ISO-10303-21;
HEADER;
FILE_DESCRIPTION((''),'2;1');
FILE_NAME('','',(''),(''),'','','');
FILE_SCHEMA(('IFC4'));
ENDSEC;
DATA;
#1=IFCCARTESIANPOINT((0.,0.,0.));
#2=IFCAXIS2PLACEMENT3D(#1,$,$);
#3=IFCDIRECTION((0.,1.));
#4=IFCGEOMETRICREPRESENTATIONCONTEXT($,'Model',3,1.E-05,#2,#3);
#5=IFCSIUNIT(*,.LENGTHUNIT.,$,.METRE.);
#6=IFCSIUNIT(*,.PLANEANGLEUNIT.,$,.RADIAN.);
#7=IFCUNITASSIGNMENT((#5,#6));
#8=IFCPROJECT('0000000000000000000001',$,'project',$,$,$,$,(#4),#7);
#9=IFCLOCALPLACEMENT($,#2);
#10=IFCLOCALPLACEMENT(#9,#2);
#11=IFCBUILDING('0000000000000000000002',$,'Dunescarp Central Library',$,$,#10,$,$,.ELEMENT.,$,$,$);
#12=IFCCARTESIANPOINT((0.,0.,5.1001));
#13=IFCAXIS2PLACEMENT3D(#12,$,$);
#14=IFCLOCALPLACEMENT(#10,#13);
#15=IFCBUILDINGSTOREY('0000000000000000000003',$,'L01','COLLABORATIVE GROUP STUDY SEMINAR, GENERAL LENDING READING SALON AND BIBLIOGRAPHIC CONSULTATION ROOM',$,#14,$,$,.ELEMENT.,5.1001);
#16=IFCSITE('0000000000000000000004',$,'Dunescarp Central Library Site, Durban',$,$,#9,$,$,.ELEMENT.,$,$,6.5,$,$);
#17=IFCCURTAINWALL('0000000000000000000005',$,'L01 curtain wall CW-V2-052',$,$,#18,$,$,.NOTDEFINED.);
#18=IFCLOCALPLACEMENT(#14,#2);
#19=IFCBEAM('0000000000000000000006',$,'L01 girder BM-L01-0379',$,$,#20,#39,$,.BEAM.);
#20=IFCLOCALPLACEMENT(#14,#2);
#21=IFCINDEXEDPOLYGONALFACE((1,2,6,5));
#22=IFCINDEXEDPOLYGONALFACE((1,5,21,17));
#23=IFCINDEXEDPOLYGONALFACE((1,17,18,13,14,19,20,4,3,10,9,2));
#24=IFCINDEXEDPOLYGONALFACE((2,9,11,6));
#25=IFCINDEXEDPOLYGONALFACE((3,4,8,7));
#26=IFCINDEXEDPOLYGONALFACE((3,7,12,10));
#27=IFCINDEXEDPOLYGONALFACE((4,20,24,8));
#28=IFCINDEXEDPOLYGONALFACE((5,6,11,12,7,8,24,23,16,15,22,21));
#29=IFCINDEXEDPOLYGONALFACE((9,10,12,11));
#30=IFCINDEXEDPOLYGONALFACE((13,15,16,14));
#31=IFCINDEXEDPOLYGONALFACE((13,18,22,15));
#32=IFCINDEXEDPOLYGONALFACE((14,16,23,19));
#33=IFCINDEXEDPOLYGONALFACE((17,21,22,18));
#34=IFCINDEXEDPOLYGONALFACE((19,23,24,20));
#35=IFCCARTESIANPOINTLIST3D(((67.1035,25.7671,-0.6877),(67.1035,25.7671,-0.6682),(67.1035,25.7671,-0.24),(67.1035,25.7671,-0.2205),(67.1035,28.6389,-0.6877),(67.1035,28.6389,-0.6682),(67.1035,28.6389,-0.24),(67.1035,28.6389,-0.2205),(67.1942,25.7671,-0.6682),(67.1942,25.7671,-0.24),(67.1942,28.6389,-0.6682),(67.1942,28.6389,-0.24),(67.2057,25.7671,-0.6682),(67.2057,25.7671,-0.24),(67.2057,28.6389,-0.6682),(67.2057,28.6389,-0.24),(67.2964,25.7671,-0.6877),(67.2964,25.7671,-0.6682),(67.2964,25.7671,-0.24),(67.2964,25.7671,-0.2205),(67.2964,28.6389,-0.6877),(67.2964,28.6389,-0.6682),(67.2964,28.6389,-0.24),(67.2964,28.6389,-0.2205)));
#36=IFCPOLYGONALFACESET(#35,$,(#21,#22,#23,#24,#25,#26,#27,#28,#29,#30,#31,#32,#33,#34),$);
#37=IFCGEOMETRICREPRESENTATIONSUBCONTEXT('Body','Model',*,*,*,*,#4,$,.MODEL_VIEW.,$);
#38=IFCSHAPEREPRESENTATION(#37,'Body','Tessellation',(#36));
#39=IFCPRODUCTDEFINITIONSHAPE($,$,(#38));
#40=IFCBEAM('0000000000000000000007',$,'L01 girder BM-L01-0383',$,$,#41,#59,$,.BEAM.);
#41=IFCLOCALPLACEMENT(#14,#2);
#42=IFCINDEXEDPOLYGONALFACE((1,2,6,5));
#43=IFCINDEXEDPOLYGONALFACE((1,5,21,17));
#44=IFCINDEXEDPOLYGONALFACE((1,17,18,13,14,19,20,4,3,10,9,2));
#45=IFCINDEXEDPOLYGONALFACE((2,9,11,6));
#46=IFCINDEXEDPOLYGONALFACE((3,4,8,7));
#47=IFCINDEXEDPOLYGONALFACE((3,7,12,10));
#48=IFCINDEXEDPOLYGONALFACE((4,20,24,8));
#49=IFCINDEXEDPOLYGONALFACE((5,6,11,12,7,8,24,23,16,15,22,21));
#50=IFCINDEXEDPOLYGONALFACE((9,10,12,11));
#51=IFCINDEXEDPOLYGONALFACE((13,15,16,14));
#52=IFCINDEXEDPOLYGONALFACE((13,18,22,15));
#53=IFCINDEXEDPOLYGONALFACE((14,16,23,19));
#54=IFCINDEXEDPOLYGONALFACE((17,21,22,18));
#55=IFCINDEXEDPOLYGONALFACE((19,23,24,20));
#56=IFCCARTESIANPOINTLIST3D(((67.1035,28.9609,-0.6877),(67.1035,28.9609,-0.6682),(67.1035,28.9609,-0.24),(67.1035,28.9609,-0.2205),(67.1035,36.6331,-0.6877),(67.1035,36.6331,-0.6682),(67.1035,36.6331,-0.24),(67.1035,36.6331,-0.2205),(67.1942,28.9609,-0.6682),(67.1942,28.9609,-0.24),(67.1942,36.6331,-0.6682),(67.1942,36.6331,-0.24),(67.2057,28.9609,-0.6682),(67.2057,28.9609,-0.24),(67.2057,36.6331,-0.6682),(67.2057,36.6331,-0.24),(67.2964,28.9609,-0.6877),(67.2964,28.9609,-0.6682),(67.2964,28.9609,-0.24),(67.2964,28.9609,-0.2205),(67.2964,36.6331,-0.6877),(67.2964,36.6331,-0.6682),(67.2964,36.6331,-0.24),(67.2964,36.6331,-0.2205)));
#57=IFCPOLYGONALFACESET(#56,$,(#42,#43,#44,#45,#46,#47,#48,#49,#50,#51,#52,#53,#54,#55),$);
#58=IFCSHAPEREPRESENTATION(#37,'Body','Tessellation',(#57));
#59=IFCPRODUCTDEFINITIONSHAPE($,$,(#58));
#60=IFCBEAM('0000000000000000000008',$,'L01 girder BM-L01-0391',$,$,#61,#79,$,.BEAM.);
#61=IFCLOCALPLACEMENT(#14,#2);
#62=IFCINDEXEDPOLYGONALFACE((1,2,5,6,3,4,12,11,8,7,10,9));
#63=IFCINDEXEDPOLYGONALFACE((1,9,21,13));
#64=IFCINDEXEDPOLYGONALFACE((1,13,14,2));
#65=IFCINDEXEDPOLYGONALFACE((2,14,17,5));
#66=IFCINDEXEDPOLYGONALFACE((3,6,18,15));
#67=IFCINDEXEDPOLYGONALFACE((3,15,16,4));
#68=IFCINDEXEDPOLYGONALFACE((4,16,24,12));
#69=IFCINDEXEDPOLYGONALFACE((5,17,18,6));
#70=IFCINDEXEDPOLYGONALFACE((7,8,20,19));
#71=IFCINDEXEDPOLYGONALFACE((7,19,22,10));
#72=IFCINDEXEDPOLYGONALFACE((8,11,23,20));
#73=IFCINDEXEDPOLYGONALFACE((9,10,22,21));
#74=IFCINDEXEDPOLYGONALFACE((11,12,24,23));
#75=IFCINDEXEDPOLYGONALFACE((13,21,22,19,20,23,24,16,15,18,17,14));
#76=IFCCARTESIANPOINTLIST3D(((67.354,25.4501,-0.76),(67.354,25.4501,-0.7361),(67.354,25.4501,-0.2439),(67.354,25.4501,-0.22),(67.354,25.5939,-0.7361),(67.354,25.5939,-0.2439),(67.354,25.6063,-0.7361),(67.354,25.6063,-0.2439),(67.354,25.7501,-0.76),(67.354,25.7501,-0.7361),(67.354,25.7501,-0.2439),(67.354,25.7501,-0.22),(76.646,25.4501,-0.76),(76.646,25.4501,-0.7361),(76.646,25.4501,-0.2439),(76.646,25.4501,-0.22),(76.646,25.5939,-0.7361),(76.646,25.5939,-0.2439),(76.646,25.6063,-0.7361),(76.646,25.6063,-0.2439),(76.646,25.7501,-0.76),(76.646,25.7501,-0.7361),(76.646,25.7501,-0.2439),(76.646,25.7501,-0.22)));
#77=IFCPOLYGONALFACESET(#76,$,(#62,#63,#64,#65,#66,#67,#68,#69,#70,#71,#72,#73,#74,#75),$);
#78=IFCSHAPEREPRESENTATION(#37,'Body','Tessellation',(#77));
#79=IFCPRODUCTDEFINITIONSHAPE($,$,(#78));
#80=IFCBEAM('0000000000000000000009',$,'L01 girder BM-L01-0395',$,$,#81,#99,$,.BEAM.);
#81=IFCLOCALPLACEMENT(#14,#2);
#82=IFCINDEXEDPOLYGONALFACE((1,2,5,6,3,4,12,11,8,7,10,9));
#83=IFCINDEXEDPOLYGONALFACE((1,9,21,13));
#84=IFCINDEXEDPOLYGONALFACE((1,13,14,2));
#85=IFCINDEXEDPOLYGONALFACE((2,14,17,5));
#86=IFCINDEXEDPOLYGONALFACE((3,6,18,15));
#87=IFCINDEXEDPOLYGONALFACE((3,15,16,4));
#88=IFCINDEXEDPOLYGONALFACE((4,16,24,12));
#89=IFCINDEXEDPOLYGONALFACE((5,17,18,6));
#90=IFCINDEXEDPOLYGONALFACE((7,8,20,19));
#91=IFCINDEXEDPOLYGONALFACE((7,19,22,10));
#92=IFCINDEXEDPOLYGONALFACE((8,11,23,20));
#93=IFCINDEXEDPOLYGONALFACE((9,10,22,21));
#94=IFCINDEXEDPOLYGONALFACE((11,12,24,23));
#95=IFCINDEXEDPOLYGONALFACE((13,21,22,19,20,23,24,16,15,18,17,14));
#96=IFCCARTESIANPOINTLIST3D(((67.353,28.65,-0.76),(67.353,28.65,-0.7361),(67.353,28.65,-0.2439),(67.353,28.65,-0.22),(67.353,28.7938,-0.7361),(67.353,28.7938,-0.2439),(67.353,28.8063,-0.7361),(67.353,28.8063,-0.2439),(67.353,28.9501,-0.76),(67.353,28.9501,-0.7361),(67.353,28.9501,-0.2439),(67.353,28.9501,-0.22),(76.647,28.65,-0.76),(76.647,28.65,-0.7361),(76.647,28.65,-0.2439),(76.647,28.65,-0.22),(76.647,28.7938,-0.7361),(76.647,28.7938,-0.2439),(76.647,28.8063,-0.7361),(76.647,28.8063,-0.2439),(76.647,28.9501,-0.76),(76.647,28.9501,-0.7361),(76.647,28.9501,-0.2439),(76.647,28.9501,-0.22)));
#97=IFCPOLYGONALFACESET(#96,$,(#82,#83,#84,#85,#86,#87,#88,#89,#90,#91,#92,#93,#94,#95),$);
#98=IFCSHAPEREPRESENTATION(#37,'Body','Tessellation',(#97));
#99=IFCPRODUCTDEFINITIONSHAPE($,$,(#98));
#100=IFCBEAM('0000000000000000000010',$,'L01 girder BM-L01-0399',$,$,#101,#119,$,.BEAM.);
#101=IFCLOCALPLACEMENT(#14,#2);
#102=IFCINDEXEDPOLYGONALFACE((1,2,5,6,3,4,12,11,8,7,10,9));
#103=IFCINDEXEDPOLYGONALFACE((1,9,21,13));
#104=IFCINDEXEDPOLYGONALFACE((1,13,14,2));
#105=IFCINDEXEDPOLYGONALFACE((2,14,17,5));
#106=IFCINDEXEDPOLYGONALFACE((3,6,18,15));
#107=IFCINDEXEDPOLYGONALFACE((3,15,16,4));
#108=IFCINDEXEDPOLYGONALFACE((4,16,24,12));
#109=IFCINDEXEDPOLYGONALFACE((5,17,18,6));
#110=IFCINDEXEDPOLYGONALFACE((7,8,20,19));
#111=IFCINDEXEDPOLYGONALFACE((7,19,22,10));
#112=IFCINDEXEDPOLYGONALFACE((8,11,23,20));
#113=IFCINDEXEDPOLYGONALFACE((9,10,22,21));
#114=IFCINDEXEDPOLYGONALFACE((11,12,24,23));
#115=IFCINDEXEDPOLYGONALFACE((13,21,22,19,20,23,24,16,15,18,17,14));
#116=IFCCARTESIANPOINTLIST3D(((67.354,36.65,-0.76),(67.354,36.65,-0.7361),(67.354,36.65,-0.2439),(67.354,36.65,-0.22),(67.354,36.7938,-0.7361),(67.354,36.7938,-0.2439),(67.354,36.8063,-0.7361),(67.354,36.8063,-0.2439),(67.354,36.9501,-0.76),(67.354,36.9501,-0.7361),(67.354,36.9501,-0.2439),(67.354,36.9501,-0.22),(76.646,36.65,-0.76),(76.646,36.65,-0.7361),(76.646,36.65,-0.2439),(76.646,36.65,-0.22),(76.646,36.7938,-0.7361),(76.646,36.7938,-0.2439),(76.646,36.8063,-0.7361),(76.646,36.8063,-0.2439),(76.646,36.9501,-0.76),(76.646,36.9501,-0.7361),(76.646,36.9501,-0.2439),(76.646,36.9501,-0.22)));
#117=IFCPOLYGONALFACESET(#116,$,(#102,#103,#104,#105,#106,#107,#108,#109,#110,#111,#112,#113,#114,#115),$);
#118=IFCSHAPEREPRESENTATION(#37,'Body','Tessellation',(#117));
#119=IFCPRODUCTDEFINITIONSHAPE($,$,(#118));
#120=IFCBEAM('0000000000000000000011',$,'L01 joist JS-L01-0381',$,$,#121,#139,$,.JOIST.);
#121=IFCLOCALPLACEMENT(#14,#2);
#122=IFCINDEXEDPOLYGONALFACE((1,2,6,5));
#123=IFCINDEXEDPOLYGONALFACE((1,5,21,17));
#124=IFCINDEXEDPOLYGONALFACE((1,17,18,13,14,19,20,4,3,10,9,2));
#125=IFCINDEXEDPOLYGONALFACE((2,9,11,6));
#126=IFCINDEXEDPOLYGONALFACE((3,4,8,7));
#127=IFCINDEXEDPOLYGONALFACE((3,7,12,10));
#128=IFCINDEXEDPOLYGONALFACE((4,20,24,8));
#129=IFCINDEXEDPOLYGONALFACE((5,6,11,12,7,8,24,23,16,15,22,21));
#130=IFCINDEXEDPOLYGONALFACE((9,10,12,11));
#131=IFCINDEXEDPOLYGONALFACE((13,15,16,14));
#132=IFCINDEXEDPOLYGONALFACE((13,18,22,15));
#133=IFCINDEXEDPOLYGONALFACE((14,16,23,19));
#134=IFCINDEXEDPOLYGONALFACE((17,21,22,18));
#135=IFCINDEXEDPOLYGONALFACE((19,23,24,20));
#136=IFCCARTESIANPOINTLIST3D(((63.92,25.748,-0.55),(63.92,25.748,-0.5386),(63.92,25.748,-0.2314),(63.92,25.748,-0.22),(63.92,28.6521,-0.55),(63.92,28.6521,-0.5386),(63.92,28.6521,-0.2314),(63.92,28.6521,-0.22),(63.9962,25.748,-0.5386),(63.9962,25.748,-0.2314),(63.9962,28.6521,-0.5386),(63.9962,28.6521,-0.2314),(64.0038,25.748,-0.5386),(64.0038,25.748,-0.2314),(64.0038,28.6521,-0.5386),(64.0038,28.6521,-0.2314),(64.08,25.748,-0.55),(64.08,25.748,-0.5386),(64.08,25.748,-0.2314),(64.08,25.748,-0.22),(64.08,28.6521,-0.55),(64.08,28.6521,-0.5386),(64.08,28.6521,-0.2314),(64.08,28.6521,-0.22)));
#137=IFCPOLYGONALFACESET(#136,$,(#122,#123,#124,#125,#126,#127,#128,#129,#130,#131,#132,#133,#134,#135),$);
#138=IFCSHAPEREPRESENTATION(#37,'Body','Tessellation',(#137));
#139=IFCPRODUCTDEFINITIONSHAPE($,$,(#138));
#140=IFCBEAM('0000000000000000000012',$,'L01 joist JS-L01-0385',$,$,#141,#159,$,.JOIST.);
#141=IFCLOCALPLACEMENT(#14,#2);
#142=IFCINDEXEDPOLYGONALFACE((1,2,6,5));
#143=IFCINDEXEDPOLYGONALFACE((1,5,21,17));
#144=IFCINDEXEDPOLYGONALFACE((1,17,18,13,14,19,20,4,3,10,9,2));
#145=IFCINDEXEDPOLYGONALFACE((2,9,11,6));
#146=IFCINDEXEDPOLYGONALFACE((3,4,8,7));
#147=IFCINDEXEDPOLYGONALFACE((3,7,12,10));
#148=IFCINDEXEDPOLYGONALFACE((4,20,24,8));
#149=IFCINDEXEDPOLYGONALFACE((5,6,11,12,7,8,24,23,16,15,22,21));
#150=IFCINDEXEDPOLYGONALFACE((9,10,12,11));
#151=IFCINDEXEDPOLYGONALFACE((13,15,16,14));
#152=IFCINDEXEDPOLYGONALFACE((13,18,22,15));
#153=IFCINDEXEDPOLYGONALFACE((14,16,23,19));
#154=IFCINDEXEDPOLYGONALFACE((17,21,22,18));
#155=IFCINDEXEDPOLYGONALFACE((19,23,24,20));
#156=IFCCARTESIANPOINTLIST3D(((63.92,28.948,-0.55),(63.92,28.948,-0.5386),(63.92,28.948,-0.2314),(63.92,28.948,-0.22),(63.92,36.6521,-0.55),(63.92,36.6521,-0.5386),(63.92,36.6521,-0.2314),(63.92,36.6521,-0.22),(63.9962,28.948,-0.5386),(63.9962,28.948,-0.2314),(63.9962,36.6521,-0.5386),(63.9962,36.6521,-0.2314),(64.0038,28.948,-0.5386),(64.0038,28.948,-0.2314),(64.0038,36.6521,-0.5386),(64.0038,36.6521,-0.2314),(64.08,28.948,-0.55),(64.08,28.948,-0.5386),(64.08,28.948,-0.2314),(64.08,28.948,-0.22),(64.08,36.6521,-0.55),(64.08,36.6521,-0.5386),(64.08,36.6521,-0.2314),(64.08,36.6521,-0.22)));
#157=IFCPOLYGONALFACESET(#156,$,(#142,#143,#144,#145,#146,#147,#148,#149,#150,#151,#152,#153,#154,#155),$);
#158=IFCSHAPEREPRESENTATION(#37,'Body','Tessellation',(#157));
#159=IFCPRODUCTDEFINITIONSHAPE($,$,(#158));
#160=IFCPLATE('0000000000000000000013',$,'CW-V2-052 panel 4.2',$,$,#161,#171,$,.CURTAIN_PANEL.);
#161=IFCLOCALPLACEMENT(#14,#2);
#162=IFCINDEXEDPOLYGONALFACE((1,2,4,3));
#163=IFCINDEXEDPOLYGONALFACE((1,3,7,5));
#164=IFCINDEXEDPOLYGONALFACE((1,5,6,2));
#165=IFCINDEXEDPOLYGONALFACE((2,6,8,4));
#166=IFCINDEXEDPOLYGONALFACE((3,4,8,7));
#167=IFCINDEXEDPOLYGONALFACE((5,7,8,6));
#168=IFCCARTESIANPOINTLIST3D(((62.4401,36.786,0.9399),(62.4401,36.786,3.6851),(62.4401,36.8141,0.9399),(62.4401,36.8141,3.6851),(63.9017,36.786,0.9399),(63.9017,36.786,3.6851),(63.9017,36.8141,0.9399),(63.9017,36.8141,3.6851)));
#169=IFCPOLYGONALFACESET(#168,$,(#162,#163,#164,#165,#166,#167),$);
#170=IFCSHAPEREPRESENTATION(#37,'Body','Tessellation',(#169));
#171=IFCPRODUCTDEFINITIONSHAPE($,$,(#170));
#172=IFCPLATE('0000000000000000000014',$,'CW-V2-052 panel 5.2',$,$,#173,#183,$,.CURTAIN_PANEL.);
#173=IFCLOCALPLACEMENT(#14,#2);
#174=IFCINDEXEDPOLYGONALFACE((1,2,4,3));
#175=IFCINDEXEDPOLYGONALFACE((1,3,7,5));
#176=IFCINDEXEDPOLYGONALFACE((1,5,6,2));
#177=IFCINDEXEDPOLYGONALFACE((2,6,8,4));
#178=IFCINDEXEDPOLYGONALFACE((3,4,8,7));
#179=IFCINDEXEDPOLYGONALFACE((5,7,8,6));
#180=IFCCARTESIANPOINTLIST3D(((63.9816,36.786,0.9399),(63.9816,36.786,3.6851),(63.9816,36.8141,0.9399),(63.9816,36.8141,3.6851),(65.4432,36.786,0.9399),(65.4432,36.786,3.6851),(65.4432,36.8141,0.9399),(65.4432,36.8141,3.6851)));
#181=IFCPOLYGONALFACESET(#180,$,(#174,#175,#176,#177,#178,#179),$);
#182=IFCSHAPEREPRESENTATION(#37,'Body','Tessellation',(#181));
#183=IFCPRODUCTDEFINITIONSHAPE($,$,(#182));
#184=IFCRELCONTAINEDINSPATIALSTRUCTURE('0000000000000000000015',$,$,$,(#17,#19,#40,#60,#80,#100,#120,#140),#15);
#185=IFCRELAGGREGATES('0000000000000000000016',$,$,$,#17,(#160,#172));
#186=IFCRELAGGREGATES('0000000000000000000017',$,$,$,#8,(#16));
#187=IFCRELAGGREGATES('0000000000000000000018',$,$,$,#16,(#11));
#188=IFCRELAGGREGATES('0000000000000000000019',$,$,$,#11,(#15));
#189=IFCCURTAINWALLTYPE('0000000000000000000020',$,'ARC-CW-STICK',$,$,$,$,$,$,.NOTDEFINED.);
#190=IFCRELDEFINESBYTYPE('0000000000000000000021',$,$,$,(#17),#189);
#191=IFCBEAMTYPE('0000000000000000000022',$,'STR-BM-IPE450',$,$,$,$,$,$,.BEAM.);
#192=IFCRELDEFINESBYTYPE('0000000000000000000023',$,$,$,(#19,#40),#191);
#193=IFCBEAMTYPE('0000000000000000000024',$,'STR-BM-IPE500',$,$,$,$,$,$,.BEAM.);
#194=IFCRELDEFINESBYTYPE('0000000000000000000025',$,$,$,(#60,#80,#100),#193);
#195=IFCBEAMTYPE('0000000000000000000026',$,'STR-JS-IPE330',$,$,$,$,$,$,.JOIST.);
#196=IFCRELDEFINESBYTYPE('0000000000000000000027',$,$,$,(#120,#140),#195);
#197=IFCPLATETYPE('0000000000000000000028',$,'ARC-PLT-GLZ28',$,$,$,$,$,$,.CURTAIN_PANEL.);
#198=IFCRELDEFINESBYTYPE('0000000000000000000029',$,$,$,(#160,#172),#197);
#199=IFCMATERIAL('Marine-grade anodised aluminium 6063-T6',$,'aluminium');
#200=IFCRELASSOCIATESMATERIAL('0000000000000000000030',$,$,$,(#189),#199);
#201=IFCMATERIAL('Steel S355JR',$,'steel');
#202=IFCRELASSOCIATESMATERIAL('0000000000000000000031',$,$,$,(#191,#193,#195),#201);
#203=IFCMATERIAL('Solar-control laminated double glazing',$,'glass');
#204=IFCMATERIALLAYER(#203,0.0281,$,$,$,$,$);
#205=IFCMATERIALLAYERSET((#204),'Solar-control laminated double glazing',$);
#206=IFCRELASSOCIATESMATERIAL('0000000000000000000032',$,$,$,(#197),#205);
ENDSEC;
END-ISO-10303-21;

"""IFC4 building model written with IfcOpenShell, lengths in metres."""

from ifc_helpers import new_model, si_unit, direction, frame, origin, origin_2d, place, context, subcontext, project, spatial, rectangle, i_section, extrude, material, layer, layer_set, material_profile, profile_set, type_object, element, aggregate, save


model = new_model("IFC4")

# Units and contexts
model_context = context("Model", 3, precision=1e-05, world=origin(), true_north=direction((0.0, 1.0)))
body_context = subcontext(model_context, "Body", "Model", "MODEL_VIEW")
ifc_project = project(units=[si_unit("LENGTHUNIT", "METRE"), si_unit("PLANEANGLEUNIT", "RADIAN")], contexts=[model_context])

# Site, building, storey
site_placement = place(None, origin())
site = spatial("IfcSite", under=ifc_project, at=site_placement, Name="Dunescarp Central Library Site, Durban", CompositionType="ELEMENT", RefElevation=6.5)
building_placement = place(site_placement, origin())
building = spatial("IfcBuilding", under=site, at=building_placement, Name="Dunescarp Central Library", CompositionType="ELEMENT")
storey_placement = place(building_placement, frame((0.0, 0.0, 5.1001)))
storey = spatial("IfcBuildingStorey", under=building, at=storey_placement, Name="L01", Description="COLLABORATIVE GROUP STUDY SEMINAR, GENERAL LENDING READING SALON AND BIBLIOGRAPHIC CONSULTATION ROOM", CompositionType="ELEMENT", Elevation=5.1001)

# Shared definitions
ifc_material_1 = material(Name="Steel S355JR", Category="steel")

# Curtain wall
ifc_material_2 = material(Name="Marine-grade anodised aluminium 6063-T6", Category="aluminium")
curtain_wall_type = type_object("IfcCurtainWallType", Name="ARC-CW-STICK", PredefinedType="NOTDEFINED", material=ifc_material_2)
curtain_wall_placement = place(storey_placement, origin())
curtain_wall = element("IfcCurtainWall", 1, at=curtain_wall_placement, inside=storey, type_object=curtain_wall_type, Name="L01 curtain wall CW-V2-052", PredefinedType="NOTDEFINED")

# Beams
ifc_material_profile_1 = material_profile(ifc_material_1, i_section(OverallWidth=0.1929, OverallDepth=0.4673, WebThickness=0.0115, FlangeThickness=0.0195, at=origin_2d()), Name="UB 457x191x98")
ifc_profile_set_1 = profile_set([ifc_material_profile_1], Name="Steel S355JR")
beam_type_1 = type_object("IfcBeamType", Name="STR-BM-IPE450", PredefinedType="BEAM", material=ifc_profile_set_1)
beam_1_placement = place(storey_placement, frame((67.2, 25.7671, -0.4541), z_axis=(0.0, 1.0, 0.0), x_axis=(-1.0, 0.0, 0.0)))
element("IfcBeam", 2, at=beam_1_placement, inside=storey, type_object=beam_type_1, Name="L01 girder BM-L01-0379", PredefinedType="BEAM", context=body_context, shape_type="SweptSolid", body=[
    extrude(i_section(OverallWidth=0.1929, OverallDepth=0.4673, WebThickness=0.0115, FlangeThickness=0.0195, at=origin_2d()), origin(), (0.0, 0.0, 1.0), 2.8718),
])
beam_2_placement = place(storey_placement, frame((67.2, 28.9609, -0.4541), z_axis=(0.0, 1.0, 0.0), x_axis=(-1.0, 0.0, 0.0)))
element("IfcBeam", 3, at=beam_2_placement, inside=storey, type_object=beam_type_1, Name="L01 girder BM-L01-0383", PredefinedType="BEAM", context=body_context, shape_type="SweptSolid", body=[
    extrude(i_section(OverallWidth=0.1929, OverallDepth=0.4673, WebThickness=0.0115, FlangeThickness=0.0195, at=origin_2d()), origin(), (0.0, 0.0, 1.0), 7.6721),
])
ifc_material_profile_2 = material_profile(ifc_material_1, i_section(OverallWidth=0.3, OverallDepth=0.54, WebThickness=0.0125, FlangeThickness=0.0239, at=origin_2d()), Name="HEA 550")
ifc_profile_set_2 = profile_set([ifc_material_profile_2], Name="Steel S355JR")
beam_type_2 = type_object("IfcBeamType", Name="STR-BM-IPE500", PredefinedType="BEAM", material=ifc_profile_set_2)
beam_3_placement = place(storey_placement, frame((67.354, 25.6001, -0.49), z_axis=(1.0, 0.0, 0.0), x_axis=(0.0, 1.0, 0.0)))
element("IfcBeam", 4, at=beam_3_placement, inside=storey, type_object=beam_type_2, Name="L01 girder BM-L01-0391", PredefinedType="BEAM", context=body_context, shape_type="SweptSolid", body=[
    extrude(i_section(OverallWidth=0.3, OverallDepth=0.54, WebThickness=0.0125, FlangeThickness=0.0239, at=origin_2d()), origin(), (0.0, 0.0, 1.0), 9.292),
])
beam_4_placement = place(storey_placement, frame((67.353, 28.8, -0.49), z_axis=(1.0, 0.0, 0.0), x_axis=(0.0, 1.0, 0.0)))
element("IfcBeam", 5, at=beam_4_placement, inside=storey, type_object=beam_type_2, Name="L01 girder BM-L01-0395", PredefinedType="BEAM", context=body_context, shape_type="SweptSolid", body=[
    extrude(i_section(OverallWidth=0.3, OverallDepth=0.54, WebThickness=0.0125, FlangeThickness=0.0239, at=origin_2d()), origin(), (0.0, 0.0, 1.0), 9.2939),
])
beam_5_placement = place(storey_placement, frame((67.354, 36.8, -0.49), z_axis=(1.0, 0.0, 0.0), x_axis=(0.0, 1.0, 0.0)))
element("IfcBeam", 6, at=beam_5_placement, inside=storey, type_object=beam_type_2, Name="L01 girder BM-L01-0399", PredefinedType="BEAM", context=body_context, shape_type="SweptSolid", body=[
    extrude(i_section(OverallWidth=0.3, OverallDepth=0.54, WebThickness=0.0125, FlangeThickness=0.0239, at=origin_2d()), origin(), (0.0, 0.0, 1.0), 9.292),
])
ifc_material_profile_3 = material_profile(ifc_material_1, i_section(OverallWidth=0.1599, OverallDepth=0.3301, WebThickness=0.0076, FlangeThickness=0.0115, at=origin_2d()), Name="IPE 330")
ifc_profile_set_3 = profile_set([ifc_material_profile_3], Name="Steel S355JR")
beam_type_3 = type_object("IfcBeamType", Name="STR-JS-IPE330", PredefinedType="JOIST", material=ifc_profile_set_3)
beam_6_placement = place(storey_placement, frame((64.0, 25.748, -0.385), z_axis=(0.0, 1.0, 0.0), x_axis=(-1.0, 0.0, 0.0)))
element("IfcBeam", 7, at=beam_6_placement, inside=storey, type_object=beam_type_3, Name="L01 joist JS-L01-0381", PredefinedType="JOIST", context=body_context, shape_type="SweptSolid", body=[
    extrude(i_section(OverallWidth=0.1599, OverallDepth=0.3301, WebThickness=0.0076, FlangeThickness=0.0115, at=origin_2d()), origin(), (0.0, 0.0, 1.0), 2.9041),
])
beam_7_placement = place(storey_placement, frame((64.0, 28.948, -0.385), z_axis=(0.0, 1.0, 0.0), x_axis=(-1.0, 0.0, 0.0)))
element("IfcBeam", 8, at=beam_7_placement, inside=storey, type_object=beam_type_3, Name="L01 joist JS-L01-0385", PredefinedType="JOIST", context=body_context, shape_type="SweptSolid", body=[
    extrude(i_section(OverallWidth=0.1599, OverallDepth=0.3301, WebThickness=0.0076, FlangeThickness=0.0115, at=origin_2d()), origin(), (0.0, 0.0, 1.0), 7.7041),
])

# Plates
ifc_material_3 = material(Name="Solar-control laminated double glazing", Category="glass")
ifc_layer_1 = layer(ifc_material_3, 0.0281)
ifc_layer_set_1 = layer_set([ifc_layer_1], Name="Solar-control laminated double glazing")
plate_type_1 = type_object("IfcPlateType", Name="ARC-PLT-GLZ28", PredefinedType="CURTAIN_PANEL", material=ifc_layer_set_1)
plate_1_placement = place(storey_placement, frame((63.1709, 36.8, 0.9399), z_axis=(0.0, 0.0, 1.0), x_axis=(1.0, 0.0, 0.0)))
plate_1 = element("IfcPlate", 9, at=plate_1_placement, type_object=plate_type_1, Name="CW-V2-052 panel 4.2", PredefinedType="CURTAIN_PANEL", context=body_context, shape_type="SweptSolid", body=[
    extrude(rectangle(XDim=1.4617, YDim=0.0281, at=origin_2d()), origin(), (0.0, 0.0, 1.0), 2.7451),
])
plate_2_placement = place(storey_placement, frame((64.7124, 36.8, 0.9399), z_axis=(0.0, 0.0, 1.0), x_axis=(1.0, 0.0, 0.0)))
plate_2 = element("IfcPlate", 10, at=plate_2_placement, type_object=plate_type_1, Name="CW-V2-052 panel 5.2", PredefinedType="CURTAIN_PANEL", context=body_context, shape_type="SweptSolid", body=[
    extrude(rectangle(XDim=1.4617, YDim=0.0281, at=origin_2d()), origin(), (0.0, 0.0, 1.0), 2.7451),
])
aggregate(curtain_wall, [plate_1, plate_2])

save(model, "model.ifc")
